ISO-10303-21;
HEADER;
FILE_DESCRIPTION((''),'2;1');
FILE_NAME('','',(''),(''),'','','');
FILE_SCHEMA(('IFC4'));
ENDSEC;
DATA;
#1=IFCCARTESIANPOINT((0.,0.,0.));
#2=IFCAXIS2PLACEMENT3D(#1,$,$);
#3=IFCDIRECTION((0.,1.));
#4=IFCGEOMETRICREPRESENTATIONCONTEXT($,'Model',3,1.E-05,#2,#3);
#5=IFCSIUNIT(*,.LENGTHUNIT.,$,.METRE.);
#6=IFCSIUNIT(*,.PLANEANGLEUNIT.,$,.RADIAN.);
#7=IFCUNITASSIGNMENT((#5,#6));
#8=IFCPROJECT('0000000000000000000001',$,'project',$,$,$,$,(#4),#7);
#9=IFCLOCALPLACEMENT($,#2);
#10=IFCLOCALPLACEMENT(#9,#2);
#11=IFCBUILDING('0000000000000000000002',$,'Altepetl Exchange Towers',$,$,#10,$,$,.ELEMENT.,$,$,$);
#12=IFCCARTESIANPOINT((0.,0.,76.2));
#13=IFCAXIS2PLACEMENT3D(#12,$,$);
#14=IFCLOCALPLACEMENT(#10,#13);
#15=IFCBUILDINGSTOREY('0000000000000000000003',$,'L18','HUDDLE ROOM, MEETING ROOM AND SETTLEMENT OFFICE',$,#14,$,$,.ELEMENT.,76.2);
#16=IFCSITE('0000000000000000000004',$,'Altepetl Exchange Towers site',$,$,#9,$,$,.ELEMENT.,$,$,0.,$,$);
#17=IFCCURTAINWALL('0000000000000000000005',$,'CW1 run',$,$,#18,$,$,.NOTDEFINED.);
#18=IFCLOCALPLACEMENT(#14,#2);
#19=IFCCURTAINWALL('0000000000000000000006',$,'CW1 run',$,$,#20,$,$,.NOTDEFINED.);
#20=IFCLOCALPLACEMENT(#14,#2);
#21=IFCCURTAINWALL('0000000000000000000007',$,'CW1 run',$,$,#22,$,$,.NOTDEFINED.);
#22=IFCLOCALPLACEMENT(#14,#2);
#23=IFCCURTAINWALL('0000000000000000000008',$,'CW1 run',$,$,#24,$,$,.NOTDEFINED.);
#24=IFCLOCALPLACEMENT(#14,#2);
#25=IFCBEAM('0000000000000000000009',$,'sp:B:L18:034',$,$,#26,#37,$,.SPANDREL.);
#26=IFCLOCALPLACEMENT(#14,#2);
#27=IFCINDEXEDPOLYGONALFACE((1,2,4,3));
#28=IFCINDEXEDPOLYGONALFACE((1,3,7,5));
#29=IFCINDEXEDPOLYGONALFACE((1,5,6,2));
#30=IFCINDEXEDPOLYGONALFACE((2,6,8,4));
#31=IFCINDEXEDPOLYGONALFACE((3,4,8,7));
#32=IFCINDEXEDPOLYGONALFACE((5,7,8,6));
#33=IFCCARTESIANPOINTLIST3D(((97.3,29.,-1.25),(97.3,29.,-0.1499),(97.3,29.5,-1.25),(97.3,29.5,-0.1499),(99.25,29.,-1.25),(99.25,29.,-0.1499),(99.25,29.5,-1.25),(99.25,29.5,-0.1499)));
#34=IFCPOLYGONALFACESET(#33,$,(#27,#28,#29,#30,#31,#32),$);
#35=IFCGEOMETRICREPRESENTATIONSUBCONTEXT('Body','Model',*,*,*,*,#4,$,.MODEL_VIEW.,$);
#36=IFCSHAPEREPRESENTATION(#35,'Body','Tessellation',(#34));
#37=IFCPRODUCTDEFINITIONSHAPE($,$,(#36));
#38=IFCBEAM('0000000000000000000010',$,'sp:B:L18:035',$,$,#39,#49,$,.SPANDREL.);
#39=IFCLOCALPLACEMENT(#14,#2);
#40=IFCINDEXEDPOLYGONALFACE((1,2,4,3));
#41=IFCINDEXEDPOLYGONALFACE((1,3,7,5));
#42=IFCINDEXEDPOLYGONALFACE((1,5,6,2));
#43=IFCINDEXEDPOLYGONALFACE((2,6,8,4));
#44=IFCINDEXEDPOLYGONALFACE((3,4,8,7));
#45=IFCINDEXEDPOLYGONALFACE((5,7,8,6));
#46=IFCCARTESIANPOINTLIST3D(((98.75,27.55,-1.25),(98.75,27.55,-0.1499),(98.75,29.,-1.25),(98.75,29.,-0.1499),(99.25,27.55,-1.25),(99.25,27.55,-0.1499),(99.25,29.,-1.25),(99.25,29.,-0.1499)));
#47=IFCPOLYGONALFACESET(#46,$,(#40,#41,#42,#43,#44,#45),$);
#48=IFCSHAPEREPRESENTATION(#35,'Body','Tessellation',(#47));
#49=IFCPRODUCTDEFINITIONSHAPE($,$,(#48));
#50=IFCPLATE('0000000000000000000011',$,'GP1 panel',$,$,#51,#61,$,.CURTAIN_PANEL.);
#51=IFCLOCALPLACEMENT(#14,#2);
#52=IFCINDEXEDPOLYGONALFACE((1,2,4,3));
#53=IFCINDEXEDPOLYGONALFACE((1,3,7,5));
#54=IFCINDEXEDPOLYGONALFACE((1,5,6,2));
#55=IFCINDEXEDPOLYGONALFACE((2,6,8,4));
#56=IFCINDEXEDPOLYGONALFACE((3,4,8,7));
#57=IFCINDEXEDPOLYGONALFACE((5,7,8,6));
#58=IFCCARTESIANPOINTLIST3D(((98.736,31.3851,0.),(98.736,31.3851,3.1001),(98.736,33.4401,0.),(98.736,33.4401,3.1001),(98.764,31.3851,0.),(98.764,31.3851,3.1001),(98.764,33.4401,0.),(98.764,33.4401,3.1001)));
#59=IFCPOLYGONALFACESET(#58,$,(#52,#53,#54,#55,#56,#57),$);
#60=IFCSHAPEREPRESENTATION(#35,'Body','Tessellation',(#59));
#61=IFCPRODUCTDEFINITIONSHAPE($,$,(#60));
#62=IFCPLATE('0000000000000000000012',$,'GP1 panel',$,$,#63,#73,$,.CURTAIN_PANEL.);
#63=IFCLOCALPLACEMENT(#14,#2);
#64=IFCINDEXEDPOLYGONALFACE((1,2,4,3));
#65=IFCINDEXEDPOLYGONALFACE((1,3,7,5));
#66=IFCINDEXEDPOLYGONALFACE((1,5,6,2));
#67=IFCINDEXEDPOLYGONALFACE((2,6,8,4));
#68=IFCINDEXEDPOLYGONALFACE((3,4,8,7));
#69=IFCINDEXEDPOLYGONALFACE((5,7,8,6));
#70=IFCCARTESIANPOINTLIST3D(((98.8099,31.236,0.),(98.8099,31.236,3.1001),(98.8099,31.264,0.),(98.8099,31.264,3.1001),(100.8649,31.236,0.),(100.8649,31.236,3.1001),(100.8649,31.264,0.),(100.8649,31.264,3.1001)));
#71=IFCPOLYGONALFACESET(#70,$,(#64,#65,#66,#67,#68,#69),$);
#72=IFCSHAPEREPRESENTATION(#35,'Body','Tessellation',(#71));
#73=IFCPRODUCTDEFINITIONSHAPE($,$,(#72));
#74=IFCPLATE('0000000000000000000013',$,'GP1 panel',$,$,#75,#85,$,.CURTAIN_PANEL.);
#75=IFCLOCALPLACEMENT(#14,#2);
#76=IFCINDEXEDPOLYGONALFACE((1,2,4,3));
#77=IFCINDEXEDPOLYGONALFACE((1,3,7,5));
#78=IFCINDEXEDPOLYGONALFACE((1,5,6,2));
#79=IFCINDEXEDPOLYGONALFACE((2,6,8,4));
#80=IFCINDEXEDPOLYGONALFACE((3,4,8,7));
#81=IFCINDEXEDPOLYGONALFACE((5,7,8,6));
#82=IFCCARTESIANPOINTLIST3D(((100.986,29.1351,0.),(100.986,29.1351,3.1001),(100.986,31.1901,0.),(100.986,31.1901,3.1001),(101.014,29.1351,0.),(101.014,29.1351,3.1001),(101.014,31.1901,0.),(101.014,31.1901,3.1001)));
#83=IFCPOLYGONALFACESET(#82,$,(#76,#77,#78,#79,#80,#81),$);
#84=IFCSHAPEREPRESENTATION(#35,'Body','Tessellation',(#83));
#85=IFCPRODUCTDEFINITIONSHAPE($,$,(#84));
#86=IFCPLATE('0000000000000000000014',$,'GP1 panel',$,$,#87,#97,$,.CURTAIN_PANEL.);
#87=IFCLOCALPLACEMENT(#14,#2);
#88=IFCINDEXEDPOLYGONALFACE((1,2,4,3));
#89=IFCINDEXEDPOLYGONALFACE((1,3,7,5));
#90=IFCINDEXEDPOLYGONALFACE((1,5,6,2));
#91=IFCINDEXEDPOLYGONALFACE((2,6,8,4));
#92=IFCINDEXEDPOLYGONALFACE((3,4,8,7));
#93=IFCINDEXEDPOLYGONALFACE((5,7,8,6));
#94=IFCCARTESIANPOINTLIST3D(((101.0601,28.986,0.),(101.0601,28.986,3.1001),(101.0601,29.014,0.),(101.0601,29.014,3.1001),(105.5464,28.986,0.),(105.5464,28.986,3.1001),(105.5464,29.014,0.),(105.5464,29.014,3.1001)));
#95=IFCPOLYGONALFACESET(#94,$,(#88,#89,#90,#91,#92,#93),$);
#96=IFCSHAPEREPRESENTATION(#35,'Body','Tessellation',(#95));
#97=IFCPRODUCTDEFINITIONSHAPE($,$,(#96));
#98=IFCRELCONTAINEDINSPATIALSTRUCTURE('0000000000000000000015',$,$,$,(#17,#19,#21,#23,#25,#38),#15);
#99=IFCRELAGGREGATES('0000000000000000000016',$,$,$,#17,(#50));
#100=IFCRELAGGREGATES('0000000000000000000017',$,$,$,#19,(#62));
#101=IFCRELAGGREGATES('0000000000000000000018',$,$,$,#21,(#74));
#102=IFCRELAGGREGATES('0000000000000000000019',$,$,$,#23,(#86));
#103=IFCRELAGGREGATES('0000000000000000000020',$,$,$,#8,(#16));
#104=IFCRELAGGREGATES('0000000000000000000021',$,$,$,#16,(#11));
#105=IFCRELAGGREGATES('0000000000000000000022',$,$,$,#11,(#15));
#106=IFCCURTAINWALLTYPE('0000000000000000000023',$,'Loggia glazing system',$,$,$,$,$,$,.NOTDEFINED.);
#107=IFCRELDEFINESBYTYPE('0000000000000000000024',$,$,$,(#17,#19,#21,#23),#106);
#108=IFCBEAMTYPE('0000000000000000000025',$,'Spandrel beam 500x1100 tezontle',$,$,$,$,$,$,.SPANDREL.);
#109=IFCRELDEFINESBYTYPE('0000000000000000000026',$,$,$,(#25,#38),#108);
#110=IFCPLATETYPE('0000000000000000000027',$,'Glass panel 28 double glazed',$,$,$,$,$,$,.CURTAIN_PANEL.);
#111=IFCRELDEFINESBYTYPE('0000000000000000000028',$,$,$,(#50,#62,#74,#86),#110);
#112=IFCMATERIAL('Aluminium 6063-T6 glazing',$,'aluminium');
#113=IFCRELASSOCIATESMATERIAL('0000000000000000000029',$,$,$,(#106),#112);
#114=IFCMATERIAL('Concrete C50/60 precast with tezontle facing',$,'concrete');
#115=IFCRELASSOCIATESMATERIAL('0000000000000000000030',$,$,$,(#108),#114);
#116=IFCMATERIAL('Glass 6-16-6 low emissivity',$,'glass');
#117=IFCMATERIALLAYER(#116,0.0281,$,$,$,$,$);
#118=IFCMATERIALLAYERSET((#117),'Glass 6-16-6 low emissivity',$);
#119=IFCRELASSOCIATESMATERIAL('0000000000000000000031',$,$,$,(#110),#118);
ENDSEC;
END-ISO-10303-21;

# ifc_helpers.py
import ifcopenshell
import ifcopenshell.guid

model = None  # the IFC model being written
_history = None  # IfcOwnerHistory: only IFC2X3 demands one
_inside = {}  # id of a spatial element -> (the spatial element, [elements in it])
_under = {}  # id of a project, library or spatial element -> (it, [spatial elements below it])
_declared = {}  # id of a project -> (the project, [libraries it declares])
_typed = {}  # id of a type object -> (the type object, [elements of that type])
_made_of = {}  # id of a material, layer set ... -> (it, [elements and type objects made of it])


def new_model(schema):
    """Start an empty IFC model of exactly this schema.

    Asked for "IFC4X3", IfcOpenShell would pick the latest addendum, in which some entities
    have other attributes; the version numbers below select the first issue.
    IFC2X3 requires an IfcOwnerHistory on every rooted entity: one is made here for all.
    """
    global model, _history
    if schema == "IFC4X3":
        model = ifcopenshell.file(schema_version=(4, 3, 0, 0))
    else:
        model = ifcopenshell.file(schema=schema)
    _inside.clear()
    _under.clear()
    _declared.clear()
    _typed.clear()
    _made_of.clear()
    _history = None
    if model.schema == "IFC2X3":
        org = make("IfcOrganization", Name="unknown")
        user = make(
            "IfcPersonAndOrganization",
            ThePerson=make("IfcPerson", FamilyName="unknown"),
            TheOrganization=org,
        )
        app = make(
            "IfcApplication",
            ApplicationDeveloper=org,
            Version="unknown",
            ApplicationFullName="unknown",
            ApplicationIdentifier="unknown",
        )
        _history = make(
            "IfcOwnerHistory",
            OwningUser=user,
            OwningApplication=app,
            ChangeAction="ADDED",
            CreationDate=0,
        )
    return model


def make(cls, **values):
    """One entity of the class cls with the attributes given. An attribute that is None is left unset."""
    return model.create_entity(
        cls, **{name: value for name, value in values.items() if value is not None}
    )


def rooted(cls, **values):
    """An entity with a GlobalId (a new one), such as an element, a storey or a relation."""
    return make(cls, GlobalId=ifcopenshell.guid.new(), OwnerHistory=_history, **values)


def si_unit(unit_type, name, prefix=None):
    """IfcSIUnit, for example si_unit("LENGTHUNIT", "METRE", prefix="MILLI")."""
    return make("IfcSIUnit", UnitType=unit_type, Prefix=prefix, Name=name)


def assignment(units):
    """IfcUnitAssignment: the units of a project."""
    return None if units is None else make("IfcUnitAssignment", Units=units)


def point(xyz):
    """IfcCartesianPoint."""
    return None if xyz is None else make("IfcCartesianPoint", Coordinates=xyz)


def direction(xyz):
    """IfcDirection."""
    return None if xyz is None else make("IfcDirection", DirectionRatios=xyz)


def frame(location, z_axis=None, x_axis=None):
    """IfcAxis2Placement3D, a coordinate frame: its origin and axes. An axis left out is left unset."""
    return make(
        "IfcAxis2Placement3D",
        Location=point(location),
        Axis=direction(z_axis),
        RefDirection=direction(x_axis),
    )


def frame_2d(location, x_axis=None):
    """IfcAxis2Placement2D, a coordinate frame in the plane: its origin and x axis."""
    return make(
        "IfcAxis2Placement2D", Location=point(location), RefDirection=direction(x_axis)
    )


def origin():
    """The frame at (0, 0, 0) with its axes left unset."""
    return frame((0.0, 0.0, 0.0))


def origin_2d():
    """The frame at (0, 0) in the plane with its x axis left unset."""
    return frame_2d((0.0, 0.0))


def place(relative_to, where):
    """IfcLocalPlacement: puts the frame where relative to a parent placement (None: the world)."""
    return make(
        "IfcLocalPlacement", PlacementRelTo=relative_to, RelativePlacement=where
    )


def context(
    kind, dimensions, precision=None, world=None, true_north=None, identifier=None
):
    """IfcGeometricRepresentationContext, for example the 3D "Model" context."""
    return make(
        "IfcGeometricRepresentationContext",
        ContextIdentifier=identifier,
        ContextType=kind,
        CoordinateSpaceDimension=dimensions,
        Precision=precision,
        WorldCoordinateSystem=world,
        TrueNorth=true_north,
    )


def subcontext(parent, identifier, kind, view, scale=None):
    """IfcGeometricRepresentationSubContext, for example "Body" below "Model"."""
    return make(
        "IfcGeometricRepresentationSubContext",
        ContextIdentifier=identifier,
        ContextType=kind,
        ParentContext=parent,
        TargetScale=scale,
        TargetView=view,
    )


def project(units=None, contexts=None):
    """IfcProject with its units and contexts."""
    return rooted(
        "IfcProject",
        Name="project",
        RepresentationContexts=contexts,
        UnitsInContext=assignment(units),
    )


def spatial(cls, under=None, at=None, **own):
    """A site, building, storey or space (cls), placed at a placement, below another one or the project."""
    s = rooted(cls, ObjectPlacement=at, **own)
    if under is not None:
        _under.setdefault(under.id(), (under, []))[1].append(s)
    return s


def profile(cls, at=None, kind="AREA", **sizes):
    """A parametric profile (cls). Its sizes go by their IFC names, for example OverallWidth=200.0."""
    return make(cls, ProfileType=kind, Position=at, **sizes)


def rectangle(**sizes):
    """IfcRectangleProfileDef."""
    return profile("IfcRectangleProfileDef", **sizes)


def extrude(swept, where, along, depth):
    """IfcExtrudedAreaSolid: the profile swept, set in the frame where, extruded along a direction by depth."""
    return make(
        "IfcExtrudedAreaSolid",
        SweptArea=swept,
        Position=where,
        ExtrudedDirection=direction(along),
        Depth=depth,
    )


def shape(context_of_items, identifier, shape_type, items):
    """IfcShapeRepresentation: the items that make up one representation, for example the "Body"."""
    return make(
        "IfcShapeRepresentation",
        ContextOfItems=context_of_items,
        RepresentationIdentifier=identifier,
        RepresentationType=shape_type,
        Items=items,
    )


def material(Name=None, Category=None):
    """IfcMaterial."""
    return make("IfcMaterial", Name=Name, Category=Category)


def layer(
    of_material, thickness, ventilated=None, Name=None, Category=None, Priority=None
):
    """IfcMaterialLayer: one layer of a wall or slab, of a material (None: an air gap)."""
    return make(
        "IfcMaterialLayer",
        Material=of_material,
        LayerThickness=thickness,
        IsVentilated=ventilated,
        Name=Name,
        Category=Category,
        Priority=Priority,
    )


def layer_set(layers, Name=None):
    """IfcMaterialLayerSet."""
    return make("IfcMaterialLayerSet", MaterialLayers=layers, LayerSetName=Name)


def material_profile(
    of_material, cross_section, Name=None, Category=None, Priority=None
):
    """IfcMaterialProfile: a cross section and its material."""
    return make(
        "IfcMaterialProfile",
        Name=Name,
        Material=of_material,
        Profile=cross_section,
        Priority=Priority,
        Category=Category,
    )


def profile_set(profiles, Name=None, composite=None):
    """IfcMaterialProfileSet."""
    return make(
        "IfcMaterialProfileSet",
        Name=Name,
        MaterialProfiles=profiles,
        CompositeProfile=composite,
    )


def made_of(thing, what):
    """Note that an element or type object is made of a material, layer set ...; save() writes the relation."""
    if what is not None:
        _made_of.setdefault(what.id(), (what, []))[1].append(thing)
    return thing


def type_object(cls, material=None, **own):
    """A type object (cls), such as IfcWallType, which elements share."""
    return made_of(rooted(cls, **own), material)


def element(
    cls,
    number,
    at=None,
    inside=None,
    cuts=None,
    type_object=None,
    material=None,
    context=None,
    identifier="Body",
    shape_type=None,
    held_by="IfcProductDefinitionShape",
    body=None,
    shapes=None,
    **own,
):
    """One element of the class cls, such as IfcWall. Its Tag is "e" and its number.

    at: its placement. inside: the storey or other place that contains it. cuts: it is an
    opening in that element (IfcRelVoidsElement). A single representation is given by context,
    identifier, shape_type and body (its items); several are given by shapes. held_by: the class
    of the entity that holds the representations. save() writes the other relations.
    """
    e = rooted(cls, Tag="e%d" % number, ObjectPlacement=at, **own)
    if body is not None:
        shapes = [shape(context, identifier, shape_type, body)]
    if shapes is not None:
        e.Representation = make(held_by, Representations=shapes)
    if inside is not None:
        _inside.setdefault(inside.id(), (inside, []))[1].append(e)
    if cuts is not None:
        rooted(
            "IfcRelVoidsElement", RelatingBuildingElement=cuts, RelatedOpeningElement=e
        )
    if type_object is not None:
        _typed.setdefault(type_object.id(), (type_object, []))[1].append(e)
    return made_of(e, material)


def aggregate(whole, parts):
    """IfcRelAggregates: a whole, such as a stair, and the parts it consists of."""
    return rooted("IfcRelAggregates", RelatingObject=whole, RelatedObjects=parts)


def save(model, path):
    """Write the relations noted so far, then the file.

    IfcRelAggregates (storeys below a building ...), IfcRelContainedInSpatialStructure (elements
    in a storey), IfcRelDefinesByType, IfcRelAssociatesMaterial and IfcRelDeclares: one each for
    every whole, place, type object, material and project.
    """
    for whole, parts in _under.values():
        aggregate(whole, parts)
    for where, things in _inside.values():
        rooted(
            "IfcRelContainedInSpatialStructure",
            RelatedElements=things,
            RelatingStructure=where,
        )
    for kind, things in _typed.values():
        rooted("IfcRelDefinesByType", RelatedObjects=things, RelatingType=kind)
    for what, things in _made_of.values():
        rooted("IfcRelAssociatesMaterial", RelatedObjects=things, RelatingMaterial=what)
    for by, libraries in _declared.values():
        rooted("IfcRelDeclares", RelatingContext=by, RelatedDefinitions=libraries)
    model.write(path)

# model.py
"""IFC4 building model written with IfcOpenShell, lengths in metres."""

from ifc_helpers import new_model, si_unit, direction, frame, origin, origin_2d, place, context, subcontext, project, spatial, rectangle, extrude, material, layer, layer_set, material_profile, profile_set, type_object, element, aggregate, save


model = new_model("IFC4")

# Units and contexts
model_context = context("Model", 3, precision=1e-05, world=origin(), true_north=direction((0.0, 1.0)))
body_context = subcontext(model_context, "Body", "Model", "MODEL_VIEW")
ifc_project = project(units=[si_unit("LENGTHUNIT", "METRE"), si_unit("PLANEANGLEUNIT", "RADIAN")], contexts=[model_context])

# Site, building, storey
site_placement = place(None, origin())
site = spatial("IfcSite", under=ifc_project, at=site_placement, Name="Altepetl Exchange Towers site", CompositionType="ELEMENT", RefElevation=0.0)
building_placement = place(site_placement, origin())
building = spatial("IfcBuilding", under=site, at=building_placement, Name="Altepetl Exchange Towers", CompositionType="ELEMENT")
storey_placement = place(building_placement, frame((0.0, 0.0, 76.2)))
storey = spatial("IfcBuildingStorey", under=building, at=storey_placement, Name="L18", Description="HUDDLE ROOM, MEETING ROOM AND SETTLEMENT OFFICE", CompositionType="ELEMENT", Elevation=76.2)

# Curtain wall
ifc_material_1 = material(Name="Aluminium 6063-T6 glazing", Category="aluminium")
curtain_wall_type = type_object("IfcCurtainWallType", Name="Loggia glazing system", PredefinedType="NOTDEFINED", material=ifc_material_1)
curtain_wall_1_placement = place(storey_placement, origin())
curtain_wall_1 = element("IfcCurtainWall", 1, at=curtain_wall_1_placement, inside=storey, type_object=curtain_wall_type, Name="CW1 run", PredefinedType="NOTDEFINED")

# Curtain walls
curtain_wall_2_placement = place(storey_placement, origin())
curtain_wall_2 = element("IfcCurtainWall", 2, at=curtain_wall_2_placement, inside=storey, type_object=curtain_wall_type, Name="CW1 run", PredefinedType="NOTDEFINED")
curtain_wall_3_placement = place(storey_placement, origin())
curtain_wall_3 = element("IfcCurtainWall", 3, at=curtain_wall_3_placement, inside=storey, type_object=curtain_wall_type, Name="CW1 run", PredefinedType="NOTDEFINED")

# Curtain wall
curtain_wall_4_placement = place(storey_placement, origin())
curtain_wall_4 = element("IfcCurtainWall", 4, at=curtain_wall_4_placement, inside=storey, type_object=curtain_wall_type, Name="CW1 run", PredefinedType="NOTDEFINED")

# Beams
ifc_material_2 = material(Name="Concrete C50/60 precast with tezontle facing", Category="concrete")
ifc_material_profile_1 = material_profile(ifc_material_2, rectangle(XDim=0.5, YDim=1.1001, at=origin_2d()), Name="500 x 1100")
ifc_profile_set_1 = profile_set([ifc_material_profile_1], Name="Concrete C50/60 precast with tezontle facing")
beam_type_1 = type_object("IfcBeamType", Name="Spandrel beam 500x1100 tezontle", PredefinedType="SPANDREL", material=ifc_profile_set_1)
beam_1_placement = place(storey_placement, frame((97.3, 29.25, -0.7), z_axis=(1.0, 0.0, 0.0), x_axis=(0.0, 1.0, 0.0)))
element("IfcBeam", 5, at=beam_1_placement, inside=storey, type_object=beam_type_1, Name="sp:B:L18:034", PredefinedType="SPANDREL", context=body_context, shape_type="SweptSolid", body=[
    extrude(rectangle(XDim=0.5, YDim=1.1001, at=origin_2d()), origin(), (0.0, 0.0, 1.0), 1.95),
])
beam_2_placement = place(storey_placement, frame((99.0, 29.0, -0.7), z_axis=(0.0, -1.0, 0.0), x_axis=(1.0, 0.0, 0.0)))
element("IfcBeam", 6, at=beam_2_placement, inside=storey, type_object=beam_type_1, Name="sp:B:L18:035", PredefinedType="SPANDREL", context=body_context, shape_type="SweptSolid", body=[
    extrude(rectangle(XDim=0.5, YDim=1.1001, at=origin_2d()), origin(), (0.0, 0.0, 1.0), 1.45),
])

# Plates
ifc_material_3 = material(Name="Glass 6-16-6 low emissivity", Category="glass")
ifc_layer = layer(ifc_material_3, 0.0281)
ifc_layer_set = layer_set([ifc_layer], Name="Glass 6-16-6 low emissivity")
plate_type = type_object("IfcPlateType", Name="Glass panel 28 double glazed", PredefinedType="CURTAIN_PANEL", material=ifc_layer_set)
plate_1_placement = place(storey_placement, frame((98.75, 32.4126, 0.0), z_axis=(0.0, 0.0, 1.0), x_axis=(0.0, -1.0, 0.0)))
plate_1 = element("IfcPlate", 7, at=plate_1_placement, type_object=plate_type, Name="GP1 panel", PredefinedType="CURTAIN_PANEL", context=body_context, shape_type="SweptSolid", body=[
    extrude(rectangle(XDim=2.0549, YDim=0.0281, at=origin_2d()), origin(), (0.0, 0.0, 1.0), 3.1001),
])
aggregate(curtain_wall_1, [plate_1])
plate_2_placement = place(storey_placement, frame((99.8374, 31.25, 0.0)))
plate_2 = element("IfcPlate", 8, at=plate_2_placement, type_object=plate_type, Name="GP1 panel", PredefinedType="CURTAIN_PANEL", context=body_context, shape_type="SweptSolid", body=[
    extrude(rectangle(XDim=2.0549, YDim=0.0281, at=origin_2d()), origin(), (0.0, 0.0, 1.0), 3.1001),
])
aggregate(curtain_wall_2, [plate_2])
plate_3_placement = place(storey_placement, frame((101.0, 30.1626, 0.0), z_axis=(0.0, 0.0, 1.0), x_axis=(0.0, -1.0, 0.0)))
plate_3 = element("IfcPlate", 9, at=plate_3_placement, type_object=plate_type, Name="GP1 panel", PredefinedType="CURTAIN_PANEL", context=body_context, shape_type="SweptSolid", body=[
    extrude(rectangle(XDim=2.0549, YDim=0.0281, at=origin_2d()), origin(), (0.0, 0.0, 1.0), 3.1001),
])
aggregate(curtain_wall_3, [plate_3])
plate_4_placement = place(storey_placement, frame((103.3032, 29.0, 0.0)))
plate_4 = element("IfcPlate", 10, at=plate_4_placement, type_object=plate_type, Name="GP1 panel", PredefinedType="CURTAIN_PANEL", context=body_context, shape_type="SweptSolid", body=[
    extrude(rectangle(XDim=4.4863, YDim=0.0281, at=origin_2d()), origin(), (0.0, 0.0, 1.0), 3.1001),
])
aggregate(curtain_wall_4, [plate_4])

save(model, "model.ifc")
